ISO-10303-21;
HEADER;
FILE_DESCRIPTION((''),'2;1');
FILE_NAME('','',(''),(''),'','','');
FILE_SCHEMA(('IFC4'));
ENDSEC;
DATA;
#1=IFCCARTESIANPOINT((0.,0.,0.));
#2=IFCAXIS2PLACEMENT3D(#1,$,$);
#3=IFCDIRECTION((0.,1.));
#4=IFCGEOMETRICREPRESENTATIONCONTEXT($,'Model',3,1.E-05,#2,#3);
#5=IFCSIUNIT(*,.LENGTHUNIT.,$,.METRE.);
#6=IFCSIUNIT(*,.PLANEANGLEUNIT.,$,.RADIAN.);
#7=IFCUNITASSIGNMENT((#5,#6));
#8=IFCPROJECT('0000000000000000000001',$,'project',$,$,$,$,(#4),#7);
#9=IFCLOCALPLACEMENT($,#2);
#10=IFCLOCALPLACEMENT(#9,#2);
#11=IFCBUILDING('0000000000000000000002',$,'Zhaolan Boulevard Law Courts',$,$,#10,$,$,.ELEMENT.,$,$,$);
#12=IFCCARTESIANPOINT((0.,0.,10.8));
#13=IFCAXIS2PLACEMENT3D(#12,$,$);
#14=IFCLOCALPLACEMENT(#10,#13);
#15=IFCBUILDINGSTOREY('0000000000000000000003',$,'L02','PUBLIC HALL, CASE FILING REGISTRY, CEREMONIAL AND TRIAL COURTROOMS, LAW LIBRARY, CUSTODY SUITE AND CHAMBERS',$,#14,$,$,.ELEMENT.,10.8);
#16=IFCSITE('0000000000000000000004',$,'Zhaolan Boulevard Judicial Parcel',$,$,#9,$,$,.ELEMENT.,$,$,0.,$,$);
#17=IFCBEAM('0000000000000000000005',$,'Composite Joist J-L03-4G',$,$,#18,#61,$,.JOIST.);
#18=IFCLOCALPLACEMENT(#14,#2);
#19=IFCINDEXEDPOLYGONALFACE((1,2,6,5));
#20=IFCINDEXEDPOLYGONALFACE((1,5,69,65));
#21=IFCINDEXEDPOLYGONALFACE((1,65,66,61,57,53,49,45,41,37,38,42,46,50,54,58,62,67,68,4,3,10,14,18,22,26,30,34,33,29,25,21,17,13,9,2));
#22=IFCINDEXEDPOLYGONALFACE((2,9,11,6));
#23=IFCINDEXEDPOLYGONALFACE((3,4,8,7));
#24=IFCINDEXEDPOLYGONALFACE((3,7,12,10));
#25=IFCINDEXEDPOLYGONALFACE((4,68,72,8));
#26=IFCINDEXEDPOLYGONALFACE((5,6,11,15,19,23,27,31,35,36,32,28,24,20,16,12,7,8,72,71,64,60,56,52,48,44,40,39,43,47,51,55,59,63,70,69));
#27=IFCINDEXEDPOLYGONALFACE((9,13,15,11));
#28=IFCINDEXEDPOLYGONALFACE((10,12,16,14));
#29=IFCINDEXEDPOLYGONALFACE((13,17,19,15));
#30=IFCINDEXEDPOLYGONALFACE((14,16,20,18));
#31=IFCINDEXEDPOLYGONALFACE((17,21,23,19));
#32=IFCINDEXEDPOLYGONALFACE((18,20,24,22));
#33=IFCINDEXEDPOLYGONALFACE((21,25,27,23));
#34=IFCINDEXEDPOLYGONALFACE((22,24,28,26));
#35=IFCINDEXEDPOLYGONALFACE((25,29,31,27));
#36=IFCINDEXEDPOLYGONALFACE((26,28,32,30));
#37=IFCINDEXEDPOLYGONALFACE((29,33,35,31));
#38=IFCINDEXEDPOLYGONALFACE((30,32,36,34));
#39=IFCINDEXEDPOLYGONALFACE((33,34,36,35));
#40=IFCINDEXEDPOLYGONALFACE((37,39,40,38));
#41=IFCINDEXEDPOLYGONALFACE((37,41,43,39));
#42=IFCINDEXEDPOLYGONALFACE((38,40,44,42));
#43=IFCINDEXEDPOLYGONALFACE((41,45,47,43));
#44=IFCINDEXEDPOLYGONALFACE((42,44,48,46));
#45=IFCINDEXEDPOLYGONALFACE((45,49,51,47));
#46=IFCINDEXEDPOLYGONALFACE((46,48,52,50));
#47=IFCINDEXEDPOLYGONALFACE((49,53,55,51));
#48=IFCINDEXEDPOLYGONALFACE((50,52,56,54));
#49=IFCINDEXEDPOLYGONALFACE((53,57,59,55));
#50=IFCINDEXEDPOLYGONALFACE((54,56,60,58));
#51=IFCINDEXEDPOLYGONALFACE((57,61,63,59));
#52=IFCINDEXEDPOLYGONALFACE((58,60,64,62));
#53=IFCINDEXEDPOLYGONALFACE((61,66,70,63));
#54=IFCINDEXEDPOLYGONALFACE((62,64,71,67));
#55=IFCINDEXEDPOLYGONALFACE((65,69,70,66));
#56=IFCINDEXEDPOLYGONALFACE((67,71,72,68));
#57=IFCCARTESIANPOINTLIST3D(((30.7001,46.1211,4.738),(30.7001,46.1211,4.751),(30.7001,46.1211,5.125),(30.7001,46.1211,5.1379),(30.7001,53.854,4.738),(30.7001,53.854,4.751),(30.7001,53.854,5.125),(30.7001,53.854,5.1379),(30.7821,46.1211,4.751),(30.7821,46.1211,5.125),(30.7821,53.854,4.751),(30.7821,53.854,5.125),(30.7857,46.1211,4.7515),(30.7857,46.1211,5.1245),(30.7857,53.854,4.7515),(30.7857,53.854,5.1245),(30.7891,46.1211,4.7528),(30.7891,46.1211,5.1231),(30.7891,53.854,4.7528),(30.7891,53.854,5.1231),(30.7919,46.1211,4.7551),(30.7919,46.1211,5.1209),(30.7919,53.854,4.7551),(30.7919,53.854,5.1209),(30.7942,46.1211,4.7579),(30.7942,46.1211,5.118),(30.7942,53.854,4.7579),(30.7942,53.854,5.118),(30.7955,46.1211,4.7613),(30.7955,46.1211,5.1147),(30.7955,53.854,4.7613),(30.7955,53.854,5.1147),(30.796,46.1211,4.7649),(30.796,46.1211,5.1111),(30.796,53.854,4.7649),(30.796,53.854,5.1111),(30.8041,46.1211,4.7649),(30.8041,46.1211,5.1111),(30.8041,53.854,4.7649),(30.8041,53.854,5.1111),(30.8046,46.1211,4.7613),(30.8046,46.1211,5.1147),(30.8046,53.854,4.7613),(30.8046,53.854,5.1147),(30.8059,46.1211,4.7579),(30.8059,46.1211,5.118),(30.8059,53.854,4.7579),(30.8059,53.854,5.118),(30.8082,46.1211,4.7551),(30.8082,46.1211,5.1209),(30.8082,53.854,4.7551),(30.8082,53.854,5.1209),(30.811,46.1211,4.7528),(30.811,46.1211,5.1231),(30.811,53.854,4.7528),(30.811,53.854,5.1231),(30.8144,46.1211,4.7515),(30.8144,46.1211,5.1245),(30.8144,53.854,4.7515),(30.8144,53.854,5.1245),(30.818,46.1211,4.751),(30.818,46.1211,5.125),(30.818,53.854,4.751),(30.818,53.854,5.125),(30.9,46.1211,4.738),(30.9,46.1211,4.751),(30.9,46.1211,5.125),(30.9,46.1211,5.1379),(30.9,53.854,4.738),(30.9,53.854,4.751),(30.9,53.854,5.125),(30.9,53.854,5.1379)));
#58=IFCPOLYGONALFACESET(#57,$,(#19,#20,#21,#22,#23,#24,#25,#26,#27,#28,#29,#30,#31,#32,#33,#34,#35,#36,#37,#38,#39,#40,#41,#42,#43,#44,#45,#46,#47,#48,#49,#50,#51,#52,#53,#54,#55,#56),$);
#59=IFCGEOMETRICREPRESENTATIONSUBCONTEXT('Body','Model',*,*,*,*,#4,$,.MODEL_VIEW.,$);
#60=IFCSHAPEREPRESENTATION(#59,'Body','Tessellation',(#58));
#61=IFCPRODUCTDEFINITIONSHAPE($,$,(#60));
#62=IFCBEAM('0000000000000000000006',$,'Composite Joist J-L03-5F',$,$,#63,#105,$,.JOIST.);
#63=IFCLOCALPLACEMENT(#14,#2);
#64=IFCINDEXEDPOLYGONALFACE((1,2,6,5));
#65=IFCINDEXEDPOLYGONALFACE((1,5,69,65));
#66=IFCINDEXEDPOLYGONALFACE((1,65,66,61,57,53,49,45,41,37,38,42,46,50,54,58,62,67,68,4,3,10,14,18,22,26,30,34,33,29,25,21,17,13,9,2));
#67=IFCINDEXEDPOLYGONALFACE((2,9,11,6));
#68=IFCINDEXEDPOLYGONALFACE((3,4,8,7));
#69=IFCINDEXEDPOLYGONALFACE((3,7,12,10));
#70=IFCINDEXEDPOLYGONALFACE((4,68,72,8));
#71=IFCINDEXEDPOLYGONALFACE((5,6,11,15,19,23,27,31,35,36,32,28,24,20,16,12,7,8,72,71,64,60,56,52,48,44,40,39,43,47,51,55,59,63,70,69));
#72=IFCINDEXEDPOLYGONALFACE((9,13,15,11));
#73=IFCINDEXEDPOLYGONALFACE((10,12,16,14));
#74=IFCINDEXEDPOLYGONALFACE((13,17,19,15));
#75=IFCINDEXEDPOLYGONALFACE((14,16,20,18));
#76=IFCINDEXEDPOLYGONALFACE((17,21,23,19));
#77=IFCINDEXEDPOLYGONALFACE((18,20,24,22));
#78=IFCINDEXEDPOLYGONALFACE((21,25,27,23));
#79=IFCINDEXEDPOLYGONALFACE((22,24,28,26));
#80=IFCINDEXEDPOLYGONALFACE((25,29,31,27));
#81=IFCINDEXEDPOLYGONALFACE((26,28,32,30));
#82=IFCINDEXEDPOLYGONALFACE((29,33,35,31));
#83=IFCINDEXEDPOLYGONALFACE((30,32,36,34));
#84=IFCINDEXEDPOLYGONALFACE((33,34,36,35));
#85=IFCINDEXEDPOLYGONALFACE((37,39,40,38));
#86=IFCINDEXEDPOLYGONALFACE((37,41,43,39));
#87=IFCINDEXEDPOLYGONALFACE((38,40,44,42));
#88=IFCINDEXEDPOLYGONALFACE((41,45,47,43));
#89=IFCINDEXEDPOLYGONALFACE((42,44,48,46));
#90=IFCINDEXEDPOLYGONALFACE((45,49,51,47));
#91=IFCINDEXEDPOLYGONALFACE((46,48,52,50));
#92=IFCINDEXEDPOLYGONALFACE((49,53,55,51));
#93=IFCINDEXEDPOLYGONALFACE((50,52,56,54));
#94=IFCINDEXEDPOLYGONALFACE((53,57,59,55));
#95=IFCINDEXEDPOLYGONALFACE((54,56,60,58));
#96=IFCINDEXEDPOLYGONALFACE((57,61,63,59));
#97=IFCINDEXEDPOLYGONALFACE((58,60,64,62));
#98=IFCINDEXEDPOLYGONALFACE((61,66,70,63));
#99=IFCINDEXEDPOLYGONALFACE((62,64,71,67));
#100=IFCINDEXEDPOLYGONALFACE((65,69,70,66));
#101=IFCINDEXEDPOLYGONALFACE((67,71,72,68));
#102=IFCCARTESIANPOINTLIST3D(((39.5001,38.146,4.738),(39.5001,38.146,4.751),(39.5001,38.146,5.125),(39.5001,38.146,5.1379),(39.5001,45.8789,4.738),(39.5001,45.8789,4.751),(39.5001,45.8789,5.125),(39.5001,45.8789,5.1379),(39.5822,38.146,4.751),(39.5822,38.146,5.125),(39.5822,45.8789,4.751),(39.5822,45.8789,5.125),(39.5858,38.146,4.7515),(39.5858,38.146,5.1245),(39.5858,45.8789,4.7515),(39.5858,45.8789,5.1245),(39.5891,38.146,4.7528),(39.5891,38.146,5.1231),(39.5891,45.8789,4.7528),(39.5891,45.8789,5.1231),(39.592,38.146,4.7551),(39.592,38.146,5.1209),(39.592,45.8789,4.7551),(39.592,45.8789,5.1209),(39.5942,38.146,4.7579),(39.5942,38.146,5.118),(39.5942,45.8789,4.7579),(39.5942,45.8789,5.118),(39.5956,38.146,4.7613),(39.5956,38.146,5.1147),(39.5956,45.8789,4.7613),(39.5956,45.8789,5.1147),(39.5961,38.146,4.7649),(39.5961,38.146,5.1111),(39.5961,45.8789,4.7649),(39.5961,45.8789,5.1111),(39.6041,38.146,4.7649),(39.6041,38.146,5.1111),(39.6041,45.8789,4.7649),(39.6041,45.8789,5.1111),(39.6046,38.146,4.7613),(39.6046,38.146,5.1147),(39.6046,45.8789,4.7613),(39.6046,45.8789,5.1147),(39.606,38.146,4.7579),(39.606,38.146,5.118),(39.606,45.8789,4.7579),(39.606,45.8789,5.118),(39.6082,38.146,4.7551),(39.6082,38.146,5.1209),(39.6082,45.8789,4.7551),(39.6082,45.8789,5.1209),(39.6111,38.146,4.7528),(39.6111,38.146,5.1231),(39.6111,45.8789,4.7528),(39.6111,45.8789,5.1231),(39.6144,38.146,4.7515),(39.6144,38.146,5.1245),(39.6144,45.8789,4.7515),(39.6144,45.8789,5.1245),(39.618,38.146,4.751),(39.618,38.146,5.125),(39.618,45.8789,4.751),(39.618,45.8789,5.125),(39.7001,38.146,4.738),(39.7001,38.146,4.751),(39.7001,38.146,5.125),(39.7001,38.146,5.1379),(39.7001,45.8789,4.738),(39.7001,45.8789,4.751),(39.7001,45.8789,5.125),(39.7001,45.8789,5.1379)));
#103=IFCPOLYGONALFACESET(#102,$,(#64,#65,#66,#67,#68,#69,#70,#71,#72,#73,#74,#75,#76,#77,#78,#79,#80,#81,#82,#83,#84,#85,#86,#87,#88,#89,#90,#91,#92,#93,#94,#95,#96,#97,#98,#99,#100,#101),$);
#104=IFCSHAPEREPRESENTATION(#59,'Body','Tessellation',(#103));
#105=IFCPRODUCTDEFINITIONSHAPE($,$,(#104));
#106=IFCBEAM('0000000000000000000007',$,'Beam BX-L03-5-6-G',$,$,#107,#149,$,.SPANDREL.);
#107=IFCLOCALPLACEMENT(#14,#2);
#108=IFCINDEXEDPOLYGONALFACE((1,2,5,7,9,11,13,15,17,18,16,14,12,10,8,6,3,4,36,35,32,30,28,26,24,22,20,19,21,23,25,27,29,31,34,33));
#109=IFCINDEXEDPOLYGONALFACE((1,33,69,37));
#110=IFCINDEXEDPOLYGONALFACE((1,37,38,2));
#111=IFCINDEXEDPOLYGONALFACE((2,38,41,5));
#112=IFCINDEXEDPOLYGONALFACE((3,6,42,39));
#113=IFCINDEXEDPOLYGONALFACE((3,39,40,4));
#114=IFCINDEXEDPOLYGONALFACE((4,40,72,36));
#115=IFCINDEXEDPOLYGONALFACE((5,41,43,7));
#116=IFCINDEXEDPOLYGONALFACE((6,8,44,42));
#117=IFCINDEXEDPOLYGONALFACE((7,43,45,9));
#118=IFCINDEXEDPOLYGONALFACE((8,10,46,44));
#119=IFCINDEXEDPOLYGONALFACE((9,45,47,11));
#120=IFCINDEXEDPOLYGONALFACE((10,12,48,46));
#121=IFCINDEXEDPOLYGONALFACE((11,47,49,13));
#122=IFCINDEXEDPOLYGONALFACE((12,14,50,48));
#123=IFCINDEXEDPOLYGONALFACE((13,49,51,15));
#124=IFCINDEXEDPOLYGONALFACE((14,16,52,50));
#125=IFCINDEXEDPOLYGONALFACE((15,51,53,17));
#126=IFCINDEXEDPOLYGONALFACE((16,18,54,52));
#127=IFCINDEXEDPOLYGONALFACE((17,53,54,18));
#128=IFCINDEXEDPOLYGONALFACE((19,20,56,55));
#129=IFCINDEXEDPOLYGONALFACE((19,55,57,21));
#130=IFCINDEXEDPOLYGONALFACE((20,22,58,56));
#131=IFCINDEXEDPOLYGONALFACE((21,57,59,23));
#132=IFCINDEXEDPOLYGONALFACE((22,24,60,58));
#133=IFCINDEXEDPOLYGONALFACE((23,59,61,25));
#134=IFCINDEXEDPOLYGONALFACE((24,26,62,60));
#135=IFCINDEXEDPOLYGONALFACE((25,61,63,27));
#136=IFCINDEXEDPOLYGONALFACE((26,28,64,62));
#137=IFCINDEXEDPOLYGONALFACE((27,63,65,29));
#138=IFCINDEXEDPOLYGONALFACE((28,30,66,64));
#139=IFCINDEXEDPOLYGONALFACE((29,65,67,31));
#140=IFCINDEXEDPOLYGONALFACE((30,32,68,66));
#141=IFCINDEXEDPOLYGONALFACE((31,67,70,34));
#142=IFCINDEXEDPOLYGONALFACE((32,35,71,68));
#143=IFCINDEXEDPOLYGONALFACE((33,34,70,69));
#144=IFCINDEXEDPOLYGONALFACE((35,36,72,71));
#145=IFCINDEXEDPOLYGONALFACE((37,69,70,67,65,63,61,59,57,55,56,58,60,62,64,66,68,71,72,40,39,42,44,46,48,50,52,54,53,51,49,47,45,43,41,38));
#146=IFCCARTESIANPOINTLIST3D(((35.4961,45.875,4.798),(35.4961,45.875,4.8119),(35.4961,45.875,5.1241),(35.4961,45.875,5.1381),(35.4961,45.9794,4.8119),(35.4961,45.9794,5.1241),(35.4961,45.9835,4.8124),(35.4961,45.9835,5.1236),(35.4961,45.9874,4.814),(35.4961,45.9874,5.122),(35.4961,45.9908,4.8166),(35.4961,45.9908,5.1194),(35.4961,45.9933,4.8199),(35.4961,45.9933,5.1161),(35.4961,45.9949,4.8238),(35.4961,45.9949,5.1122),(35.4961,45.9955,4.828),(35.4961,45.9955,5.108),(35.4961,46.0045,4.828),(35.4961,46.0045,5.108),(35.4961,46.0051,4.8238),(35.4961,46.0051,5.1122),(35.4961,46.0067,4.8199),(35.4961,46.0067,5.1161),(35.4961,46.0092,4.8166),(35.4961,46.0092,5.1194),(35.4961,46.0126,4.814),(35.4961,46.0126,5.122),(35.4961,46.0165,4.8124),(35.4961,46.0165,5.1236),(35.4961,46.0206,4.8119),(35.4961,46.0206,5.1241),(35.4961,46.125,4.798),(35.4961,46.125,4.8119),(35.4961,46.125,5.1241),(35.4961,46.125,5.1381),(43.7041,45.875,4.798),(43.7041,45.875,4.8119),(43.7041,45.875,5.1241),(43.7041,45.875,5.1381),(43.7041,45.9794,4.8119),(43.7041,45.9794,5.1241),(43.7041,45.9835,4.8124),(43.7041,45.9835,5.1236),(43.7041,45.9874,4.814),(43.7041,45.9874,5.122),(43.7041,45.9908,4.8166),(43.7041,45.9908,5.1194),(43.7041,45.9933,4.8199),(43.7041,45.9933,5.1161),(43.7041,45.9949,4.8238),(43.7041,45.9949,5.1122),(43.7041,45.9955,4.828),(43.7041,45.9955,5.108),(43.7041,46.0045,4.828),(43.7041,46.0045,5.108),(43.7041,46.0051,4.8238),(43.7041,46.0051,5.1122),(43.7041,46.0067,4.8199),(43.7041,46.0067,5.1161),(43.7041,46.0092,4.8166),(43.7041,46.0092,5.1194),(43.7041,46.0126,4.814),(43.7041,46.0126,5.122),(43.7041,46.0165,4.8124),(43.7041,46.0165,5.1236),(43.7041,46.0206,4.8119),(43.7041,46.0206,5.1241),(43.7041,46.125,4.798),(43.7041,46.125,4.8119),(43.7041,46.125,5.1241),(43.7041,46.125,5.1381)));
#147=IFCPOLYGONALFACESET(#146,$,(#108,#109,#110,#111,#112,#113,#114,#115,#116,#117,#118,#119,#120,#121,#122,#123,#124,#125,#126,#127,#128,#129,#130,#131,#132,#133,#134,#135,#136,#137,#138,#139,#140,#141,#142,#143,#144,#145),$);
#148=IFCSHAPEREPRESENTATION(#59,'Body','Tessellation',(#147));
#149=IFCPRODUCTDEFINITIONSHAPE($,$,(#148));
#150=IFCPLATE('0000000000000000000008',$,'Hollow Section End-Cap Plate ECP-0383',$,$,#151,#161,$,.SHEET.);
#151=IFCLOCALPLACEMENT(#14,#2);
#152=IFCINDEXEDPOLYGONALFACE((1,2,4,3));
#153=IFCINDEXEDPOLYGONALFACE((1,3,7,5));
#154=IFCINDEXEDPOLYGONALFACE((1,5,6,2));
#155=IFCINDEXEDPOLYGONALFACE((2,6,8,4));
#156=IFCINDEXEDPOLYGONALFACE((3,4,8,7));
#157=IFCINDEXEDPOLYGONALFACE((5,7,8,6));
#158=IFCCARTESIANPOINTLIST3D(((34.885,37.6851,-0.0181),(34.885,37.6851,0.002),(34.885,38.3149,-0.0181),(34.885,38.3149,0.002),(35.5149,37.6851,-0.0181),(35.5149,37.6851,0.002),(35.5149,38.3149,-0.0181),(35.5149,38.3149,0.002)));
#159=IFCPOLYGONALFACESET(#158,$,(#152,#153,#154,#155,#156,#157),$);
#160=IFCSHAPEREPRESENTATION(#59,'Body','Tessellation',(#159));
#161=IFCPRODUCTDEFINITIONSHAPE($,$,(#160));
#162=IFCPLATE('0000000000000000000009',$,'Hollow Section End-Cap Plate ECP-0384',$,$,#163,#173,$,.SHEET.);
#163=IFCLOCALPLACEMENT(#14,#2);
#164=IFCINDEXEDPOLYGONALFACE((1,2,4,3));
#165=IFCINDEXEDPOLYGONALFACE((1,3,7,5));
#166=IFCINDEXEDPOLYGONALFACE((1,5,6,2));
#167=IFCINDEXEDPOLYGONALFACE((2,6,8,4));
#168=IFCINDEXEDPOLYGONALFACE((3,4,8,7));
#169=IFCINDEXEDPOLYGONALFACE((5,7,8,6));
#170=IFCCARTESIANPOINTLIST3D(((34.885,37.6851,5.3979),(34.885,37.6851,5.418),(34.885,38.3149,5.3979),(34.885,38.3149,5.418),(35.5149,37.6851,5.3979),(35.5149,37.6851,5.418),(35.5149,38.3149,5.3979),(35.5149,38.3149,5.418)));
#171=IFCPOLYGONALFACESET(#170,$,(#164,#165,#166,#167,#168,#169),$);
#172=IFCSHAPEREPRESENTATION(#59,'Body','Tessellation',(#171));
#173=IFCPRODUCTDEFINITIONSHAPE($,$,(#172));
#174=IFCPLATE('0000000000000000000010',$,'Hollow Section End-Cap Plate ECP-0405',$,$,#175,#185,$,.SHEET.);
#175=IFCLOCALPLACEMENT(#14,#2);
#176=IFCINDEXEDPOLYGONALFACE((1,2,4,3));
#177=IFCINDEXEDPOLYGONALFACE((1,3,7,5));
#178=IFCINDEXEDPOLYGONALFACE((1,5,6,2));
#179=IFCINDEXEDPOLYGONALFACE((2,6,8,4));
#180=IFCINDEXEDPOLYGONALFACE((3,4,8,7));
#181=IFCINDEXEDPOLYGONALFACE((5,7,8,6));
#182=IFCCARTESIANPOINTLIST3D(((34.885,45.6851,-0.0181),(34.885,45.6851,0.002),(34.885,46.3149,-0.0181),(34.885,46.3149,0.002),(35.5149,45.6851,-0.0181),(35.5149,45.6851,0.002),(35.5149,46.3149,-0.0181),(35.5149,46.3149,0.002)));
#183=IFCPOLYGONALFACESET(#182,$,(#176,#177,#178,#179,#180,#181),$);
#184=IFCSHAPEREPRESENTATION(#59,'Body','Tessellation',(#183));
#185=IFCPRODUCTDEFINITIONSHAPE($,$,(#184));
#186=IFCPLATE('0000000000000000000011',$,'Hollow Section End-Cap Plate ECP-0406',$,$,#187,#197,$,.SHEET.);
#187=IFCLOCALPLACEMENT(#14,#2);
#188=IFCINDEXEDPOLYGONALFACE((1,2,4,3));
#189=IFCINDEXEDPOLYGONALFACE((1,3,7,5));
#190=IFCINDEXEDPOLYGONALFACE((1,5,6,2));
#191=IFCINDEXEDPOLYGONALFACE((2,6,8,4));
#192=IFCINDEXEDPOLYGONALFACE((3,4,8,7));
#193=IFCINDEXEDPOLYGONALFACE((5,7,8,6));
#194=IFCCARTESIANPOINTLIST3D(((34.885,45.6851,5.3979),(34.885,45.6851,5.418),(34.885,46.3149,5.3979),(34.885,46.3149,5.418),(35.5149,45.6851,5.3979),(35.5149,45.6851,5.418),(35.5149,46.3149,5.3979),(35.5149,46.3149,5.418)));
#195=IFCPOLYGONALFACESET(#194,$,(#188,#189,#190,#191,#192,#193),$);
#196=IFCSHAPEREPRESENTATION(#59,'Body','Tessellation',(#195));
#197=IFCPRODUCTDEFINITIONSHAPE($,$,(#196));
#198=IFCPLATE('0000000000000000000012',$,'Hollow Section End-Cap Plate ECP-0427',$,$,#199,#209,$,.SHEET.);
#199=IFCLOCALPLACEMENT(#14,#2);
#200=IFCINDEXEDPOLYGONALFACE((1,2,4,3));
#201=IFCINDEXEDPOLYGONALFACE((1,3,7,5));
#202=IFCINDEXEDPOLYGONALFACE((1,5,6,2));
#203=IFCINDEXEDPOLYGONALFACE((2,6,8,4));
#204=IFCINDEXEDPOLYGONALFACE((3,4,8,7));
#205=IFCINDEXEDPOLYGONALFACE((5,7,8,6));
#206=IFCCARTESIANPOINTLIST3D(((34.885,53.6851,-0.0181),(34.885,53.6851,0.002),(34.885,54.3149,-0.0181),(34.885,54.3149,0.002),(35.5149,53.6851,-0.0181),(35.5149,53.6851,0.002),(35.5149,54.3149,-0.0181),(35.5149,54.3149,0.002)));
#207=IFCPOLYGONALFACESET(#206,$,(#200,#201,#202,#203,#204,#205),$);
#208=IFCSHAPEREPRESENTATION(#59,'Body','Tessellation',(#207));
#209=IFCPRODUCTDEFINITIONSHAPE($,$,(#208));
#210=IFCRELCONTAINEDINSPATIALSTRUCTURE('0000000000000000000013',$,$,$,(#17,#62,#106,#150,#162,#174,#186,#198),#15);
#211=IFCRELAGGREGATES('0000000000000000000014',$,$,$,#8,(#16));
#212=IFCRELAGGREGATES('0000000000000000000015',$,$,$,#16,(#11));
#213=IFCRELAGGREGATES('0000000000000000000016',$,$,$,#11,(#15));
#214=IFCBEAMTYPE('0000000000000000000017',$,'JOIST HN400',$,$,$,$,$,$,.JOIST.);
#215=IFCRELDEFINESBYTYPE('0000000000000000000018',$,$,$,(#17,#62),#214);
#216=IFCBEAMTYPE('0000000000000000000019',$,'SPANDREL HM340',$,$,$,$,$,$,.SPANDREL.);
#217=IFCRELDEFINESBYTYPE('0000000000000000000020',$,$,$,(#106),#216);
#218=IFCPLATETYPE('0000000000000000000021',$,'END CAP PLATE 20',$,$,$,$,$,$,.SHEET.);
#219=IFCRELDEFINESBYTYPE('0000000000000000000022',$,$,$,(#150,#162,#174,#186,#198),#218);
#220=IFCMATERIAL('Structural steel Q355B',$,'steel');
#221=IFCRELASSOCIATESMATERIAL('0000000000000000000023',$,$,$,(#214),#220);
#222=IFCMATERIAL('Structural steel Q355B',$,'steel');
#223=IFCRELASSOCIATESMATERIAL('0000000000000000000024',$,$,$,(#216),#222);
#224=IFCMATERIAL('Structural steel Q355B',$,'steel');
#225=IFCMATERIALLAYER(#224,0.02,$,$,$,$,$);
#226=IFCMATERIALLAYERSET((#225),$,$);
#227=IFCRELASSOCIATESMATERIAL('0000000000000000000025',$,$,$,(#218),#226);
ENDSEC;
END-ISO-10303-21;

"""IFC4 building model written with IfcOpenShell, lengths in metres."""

from ifc_helpers import new_model, si_unit, direction, frame, origin, origin_2d, place, context, subcontext, project, spatial, rectangle, i_section, extrude, material, layer, layer_set, material_profile, profile_set, type_object, element, save


model = new_model("IFC4")

# Units and contexts
model_context = context("Model", 3, precision=1e-05, world=origin(), true_north=direction((0.0, 1.0)))
body_context = subcontext(model_context, "Body", "Model", "MODEL_VIEW")
ifc_project = project(units=[si_unit("LENGTHUNIT", "METRE"), si_unit("PLANEANGLEUNIT", "RADIAN")], contexts=[model_context])

# Site, building, storey
site_placement = place(None, origin())
site = spatial("IfcSite", under=ifc_project, at=site_placement, Name="Zhaolan Boulevard Judicial Parcel", CompositionType="ELEMENT", RefElevation=0.0)
building_placement = place(site_placement, origin())
building = spatial("IfcBuilding", under=site, at=building_placement, Name="Zhaolan Boulevard Law Courts", CompositionType="ELEMENT")
storey_placement = place(building_placement, frame((0.0, 0.0, 10.8)))
storey = spatial("IfcBuildingStorey", under=building, at=storey_placement, Name="L02", Description="PUBLIC HALL, CASE FILING REGISTRY, CEREMONIAL AND TRIAL COURTROOMS, LAW LIBRARY, CUSTODY SUITE AND CHAMBERS", CompositionType="ELEMENT", Elevation=10.8)

# Beams
ifc_material_1 = material(Name="Structural steel Q355B", Category="steel")
ifc_material_profile_1 = material_profile(ifc_material_1, i_section(OverallWidth=0.2, OverallDepth=0.3999, WebThickness=0.0081, FlangeThickness=0.0129, FilletRadius=0.0139, at=origin_2d()), Name="HN400x200")
ifc_profile_set_1 = profile_set([ifc_material_profile_1], Name="Structural steel Q355B")
beam_type_1 = type_object("IfcBeamType", Name="JOIST HN400", PredefinedType="JOIST", material=ifc_profile_set_1)
for number, where, z_axis, x_axis, name in (
    (1, (30.8, 46.1211, 4.938), (0.0, 1.0, 0.0), (-1.0, 0.0, 0.0), "Composite Joist J-L03-4G"),
    (2, (39.6001, 38.146, 4.938), (0.0, 1.0, 0.0), (-1.0, 0.0, 0.0), "Composite Joist J-L03-5F"),
):
    element("IfcBeam", number, at=place(storey_placement, frame(where, z_axis=z_axis, x_axis=x_axis)), inside=storey, type_object=beam_type_1, Name=name, PredefinedType="JOIST", context=body_context, shape_type="SweptSolid", body=[
        extrude(i_section(OverallWidth=0.2, OverallDepth=0.3999, WebThickness=0.0081, FlangeThickness=0.0129, FilletRadius=0.0139, at=origin_2d()), origin(), (0.0, 0.0, 1.0), 7.7329),
    ])
ifc_material_2 = material(Name="Structural steel Q355B", Category="steel")
ifc_material_profile_2 = material_profile(ifc_material_2, i_section(OverallWidth=0.25, OverallDepth=0.3401, WebThickness=0.009, FlangeThickness=0.0139, FilletRadius=0.0161, at=origin_2d()), Name="HM340x250")
ifc_profile_set_2 = profile_set([ifc_material_profile_2], Name="Structural steel Q355B")
beam_type_2 = type_object("IfcBeamType", Name="SPANDREL HM340", PredefinedType="SPANDREL", material=ifc_profile_set_2)
beam_1_placement = place(storey_placement, frame((35.4961, 46.0, 4.968), z_axis=(1.0, 0.0, 0.0), x_axis=(0.0, 1.0, 0.0)))
element("IfcBeam", 3, at=beam_1_placement, inside=storey, type_object=beam_type_2, Name="Beam BX-L03-5-6-G", PredefinedType="SPANDREL", context=body_context, shape_type="SweptSolid", body=[
    extrude(i_section(OverallWidth=0.25, OverallDepth=0.3401, WebThickness=0.009, FlangeThickness=0.0139, FilletRadius=0.0161, at=origin_2d()), origin(), (0.0, 0.0, 1.0), 8.208),
])

# Plates
ifc_material_3 = material(Name="Structural steel Q355B", Category="steel")
ifc_layer_1 = layer(ifc_material_3, 0.02)
ifc_layer_set_1 = layer_set([ifc_layer_1])
plate_type = type_object("IfcPlateType", Name="END CAP PLATE 20", PredefinedType="SHEET", material=ifc_layer_set_1)
for number, where, z_axis, x_axis, name in (
    (4, (35.2, 38.0, -0.0181), (0.0, 0.0, 1.0), (1.0, 0.0, 0.0), "Hollow Section End-Cap Plate ECP-0383"),
    (5, (35.2, 38.0, 5.3979), (0.0, 0.0, 1.0), (1.0, 0.0, 0.0), "Hollow Section End-Cap Plate ECP-0384"),
    (6, (35.2, 46.0, -0.0181), (0.0, 0.0, 1.0), (1.0, 0.0, 0.0), "Hollow Section End-Cap Plate ECP-0405"),
    (7, (35.2, 46.0, 5.3979), (0.0, 0.0, 1.0), (1.0, 0.0, 0.0), "Hollow Section End-Cap Plate ECP-0406"),
    (8, (35.2, 54.0, -0.0181), (0.0, 0.0, 1.0), (1.0, 0.0, 0.0), "Hollow Section End-Cap Plate ECP-0427"),
):
    element("IfcPlate", number, at=place(storey_placement, frame(where, z_axis=z_axis, x_axis=x_axis)), inside=storey, type_object=plate_type, Name=name, PredefinedType="SHEET", context=body_context, shape_type="SweptSolid", body=[
        extrude(rectangle(XDim=0.6299, YDim=0.6299, at=origin_2d()), origin(), (0.0, 0.0, 1.0), 0.02),
    ])

save(model, "model.ifc")
